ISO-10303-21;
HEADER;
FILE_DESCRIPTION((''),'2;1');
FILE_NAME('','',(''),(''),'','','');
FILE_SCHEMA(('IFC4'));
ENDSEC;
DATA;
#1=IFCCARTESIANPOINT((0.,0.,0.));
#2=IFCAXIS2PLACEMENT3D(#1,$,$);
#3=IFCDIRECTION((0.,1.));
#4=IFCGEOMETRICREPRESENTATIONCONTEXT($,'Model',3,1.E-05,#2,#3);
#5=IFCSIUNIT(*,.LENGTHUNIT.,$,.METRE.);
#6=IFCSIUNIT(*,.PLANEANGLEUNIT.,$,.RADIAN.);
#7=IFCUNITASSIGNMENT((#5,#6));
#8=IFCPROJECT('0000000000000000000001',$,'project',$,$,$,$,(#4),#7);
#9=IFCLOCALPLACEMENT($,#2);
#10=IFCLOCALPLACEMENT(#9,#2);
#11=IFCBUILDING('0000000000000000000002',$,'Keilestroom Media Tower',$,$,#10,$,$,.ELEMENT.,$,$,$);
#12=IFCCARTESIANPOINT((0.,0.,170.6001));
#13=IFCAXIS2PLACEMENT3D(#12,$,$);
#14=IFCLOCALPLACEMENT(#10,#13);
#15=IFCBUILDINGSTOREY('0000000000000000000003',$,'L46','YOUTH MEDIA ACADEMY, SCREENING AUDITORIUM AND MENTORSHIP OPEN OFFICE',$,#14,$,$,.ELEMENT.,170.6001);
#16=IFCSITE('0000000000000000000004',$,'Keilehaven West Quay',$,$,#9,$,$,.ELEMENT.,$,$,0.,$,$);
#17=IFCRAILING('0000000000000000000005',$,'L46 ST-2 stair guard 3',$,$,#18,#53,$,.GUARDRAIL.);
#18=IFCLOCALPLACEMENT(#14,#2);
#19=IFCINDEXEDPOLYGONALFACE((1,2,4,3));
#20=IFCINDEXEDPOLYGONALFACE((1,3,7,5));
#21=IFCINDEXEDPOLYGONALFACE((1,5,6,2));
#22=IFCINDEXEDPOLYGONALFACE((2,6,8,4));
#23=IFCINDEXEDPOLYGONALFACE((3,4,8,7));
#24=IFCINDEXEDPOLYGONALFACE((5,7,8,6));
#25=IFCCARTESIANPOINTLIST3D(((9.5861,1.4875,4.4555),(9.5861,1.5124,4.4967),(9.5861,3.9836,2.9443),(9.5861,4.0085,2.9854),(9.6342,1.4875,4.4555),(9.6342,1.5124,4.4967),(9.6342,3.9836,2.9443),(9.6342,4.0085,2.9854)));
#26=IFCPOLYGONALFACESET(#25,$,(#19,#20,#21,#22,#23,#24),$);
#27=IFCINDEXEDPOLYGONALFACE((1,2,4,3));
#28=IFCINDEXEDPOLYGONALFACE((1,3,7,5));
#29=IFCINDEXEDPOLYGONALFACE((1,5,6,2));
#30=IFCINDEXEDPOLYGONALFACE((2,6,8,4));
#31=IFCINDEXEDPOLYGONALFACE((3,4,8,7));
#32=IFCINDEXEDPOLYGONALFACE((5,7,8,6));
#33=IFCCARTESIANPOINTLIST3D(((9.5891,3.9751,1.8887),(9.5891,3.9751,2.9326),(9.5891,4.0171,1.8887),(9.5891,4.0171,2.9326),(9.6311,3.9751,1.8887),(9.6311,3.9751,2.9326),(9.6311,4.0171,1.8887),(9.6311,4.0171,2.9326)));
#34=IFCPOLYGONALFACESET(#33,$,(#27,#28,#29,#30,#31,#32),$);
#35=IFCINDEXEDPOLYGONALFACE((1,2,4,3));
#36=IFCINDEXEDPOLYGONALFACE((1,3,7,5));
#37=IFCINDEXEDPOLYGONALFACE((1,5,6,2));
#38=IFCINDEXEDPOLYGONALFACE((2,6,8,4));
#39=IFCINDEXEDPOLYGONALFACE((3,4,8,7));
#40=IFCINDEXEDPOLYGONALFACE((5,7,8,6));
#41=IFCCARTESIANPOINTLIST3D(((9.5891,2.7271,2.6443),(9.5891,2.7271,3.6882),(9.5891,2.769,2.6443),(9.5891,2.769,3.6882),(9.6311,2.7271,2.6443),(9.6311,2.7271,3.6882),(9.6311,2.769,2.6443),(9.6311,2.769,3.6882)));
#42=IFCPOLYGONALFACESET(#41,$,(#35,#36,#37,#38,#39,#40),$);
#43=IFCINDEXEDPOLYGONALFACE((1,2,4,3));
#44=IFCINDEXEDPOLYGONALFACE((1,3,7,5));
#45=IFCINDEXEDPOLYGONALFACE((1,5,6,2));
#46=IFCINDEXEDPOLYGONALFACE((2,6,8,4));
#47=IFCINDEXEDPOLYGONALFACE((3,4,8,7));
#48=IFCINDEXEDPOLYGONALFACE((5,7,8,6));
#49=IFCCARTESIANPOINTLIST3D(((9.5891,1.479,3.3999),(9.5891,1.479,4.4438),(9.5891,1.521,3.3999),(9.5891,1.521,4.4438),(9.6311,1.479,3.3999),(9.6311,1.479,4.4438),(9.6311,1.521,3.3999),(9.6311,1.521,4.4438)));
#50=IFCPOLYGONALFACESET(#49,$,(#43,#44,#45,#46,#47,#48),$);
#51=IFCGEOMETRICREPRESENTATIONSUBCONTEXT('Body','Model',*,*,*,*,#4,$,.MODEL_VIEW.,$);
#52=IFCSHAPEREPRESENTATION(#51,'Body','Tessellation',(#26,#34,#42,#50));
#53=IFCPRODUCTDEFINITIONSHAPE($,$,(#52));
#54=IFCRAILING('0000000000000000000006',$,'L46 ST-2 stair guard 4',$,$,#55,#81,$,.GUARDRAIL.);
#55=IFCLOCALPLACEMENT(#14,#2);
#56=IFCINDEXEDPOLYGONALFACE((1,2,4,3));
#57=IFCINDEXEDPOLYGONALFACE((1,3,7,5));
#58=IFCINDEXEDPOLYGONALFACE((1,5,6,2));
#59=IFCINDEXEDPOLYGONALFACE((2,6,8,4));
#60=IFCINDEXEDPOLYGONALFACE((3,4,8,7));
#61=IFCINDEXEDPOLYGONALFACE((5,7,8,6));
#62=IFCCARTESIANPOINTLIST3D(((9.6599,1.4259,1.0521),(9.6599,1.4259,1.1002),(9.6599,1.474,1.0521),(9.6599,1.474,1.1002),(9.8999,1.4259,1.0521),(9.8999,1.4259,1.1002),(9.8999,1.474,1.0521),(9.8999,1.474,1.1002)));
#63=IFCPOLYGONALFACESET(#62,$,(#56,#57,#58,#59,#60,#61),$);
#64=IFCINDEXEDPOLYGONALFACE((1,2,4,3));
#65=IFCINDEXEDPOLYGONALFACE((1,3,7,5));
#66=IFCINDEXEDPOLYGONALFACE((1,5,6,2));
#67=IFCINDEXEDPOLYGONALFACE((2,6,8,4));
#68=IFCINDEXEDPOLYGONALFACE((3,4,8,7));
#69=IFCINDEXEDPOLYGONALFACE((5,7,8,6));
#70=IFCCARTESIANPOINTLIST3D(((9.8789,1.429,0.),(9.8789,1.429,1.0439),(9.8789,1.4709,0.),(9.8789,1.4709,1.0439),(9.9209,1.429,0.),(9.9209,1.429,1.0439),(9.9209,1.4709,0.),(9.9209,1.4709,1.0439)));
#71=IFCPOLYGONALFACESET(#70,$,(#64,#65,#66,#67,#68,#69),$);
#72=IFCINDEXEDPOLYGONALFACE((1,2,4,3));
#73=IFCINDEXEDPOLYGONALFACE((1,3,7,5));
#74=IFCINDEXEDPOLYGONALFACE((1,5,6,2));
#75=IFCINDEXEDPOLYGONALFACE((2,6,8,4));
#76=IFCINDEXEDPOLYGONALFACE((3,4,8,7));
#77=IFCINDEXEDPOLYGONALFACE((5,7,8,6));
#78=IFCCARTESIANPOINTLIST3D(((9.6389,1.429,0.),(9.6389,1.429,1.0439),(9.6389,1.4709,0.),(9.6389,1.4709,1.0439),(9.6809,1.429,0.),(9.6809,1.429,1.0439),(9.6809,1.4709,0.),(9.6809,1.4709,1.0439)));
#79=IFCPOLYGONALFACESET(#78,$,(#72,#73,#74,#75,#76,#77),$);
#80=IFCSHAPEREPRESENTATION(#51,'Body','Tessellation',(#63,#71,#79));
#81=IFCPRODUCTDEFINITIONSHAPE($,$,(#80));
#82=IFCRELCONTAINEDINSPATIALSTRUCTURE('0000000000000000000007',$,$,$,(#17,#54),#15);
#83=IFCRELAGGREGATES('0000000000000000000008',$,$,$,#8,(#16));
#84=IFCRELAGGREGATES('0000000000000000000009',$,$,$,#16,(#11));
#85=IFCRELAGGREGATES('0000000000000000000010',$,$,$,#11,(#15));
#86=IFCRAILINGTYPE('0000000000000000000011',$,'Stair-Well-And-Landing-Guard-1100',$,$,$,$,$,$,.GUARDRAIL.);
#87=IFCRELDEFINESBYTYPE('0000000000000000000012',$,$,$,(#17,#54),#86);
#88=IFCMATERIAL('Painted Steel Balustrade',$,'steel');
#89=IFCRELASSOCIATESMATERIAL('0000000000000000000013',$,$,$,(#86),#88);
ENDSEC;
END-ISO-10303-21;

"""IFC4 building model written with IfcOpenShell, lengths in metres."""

from ifc_helpers import new_model, si_unit, direction, frame, origin, origin_2d, place, context, subcontext, project, spatial, rectangle, extrude, material, type_object, element, save


model = new_model("IFC4")

# Units and contexts
model_context = context("Model", 3, precision=1e-05, world=origin(), true_north=direction((0.0, 1.0)))
body_context = subcontext(model_context, "Body", "Model", "MODEL_VIEW")
ifc_project = project(units=[si_unit("LENGTHUNIT", "METRE"), si_unit("PLANEANGLEUNIT", "RADIAN")], contexts=[model_context])

# Site, building, storey
site_placement = place(None, origin())
site = spatial("IfcSite", under=ifc_project, at=site_placement, Name="Keilehaven West Quay", CompositionType="ELEMENT", RefElevation=0.0)
building_placement = place(site_placement, origin())
building = spatial("IfcBuilding", under=site, at=building_placement, Name="Keilestroom Media Tower", CompositionType="ELEMENT")
storey_placement = place(building_placement, frame((0.0, 0.0, 170.6001)))
storey = spatial("IfcBuildingStorey", under=building, at=storey_placement, Name="L46", Description="YOUTH MEDIA ACADEMY, SCREENING AUDITORIUM AND MENTORSHIP OPEN OFFICE", CompositionType="ELEMENT", Elevation=170.6001)

# Railings
ifc_material_1 = material(Name="Painted Steel Balustrade", Category="steel")
railing_type_1 = type_object("IfcRailingType", Name="Stair-Well-And-Landing-Guard-1100", PredefinedType="GUARDRAIL", material=ifc_material_1)
railing_1_placement = place(storey_placement, frame((9.6101, 3.9961, 1.8887)))
element("IfcRailing", 1, at=railing_1_placement, inside=storey, type_object=railing_type_1, Name="L46 ST-2 stair guard 3", PredefinedType="GUARDRAIL", context=body_context, shape_type="SweptSolid", body=[
    extrude(rectangle(XDim=0.0481, YDim=0.0481, at=origin_2d()), frame((0.0, 0.0, 1.0762), z_axis=(0.0, -0.855434, 0.517912), x_axis=(1.0, 0.0, 0.0)), (0.0, 0.0, 1.0), 2.918),
    extrude(rectangle(XDim=0.042, YDim=0.042, at=origin_2d()), origin(), (0.0, 0.0, 1.0), 1.0439),
    extrude(rectangle(XDim=0.042, YDim=0.042, at=origin_2d()), frame((0.0, -1.248, 0.7556)), (0.0, 0.0, 1.0), 1.0439),
    extrude(rectangle(XDim=0.042, YDim=0.042, at=origin_2d()), frame((0.0, -2.4961, 1.5112)), (0.0, 0.0, 1.0), 1.0439),
])
railing_2_placement = place(storey_placement, frame((9.8999, 1.45, 0.0)))
element("IfcRailing", 2, at=railing_2_placement, inside=storey, type_object=railing_type_1, Name="L46 ST-2 stair guard 4", PredefinedType="GUARDRAIL", context=body_context, shape_type="SweptSolid", body=[
    extrude(rectangle(XDim=0.0481, YDim=0.0481, at=origin_2d()), frame((0.0, 0.0, 1.0762), z_axis=(-1.0, 0.0, 0.0), x_axis=(0.0, -1.0, 0.0)), (0.0, 0.0, 1.0), 0.24),
    extrude(rectangle(XDim=0.042, YDim=0.042, at=origin_2d()), origin(), (0.0, 0.0, 1.0), 1.0439),
    extrude(rectangle(XDim=0.042, YDim=0.042, at=origin_2d()), frame((-0.24, 0.0, 0.0)), (0.0, 0.0, 1.0), 1.0439),
])

save(model, "model.ifc")
